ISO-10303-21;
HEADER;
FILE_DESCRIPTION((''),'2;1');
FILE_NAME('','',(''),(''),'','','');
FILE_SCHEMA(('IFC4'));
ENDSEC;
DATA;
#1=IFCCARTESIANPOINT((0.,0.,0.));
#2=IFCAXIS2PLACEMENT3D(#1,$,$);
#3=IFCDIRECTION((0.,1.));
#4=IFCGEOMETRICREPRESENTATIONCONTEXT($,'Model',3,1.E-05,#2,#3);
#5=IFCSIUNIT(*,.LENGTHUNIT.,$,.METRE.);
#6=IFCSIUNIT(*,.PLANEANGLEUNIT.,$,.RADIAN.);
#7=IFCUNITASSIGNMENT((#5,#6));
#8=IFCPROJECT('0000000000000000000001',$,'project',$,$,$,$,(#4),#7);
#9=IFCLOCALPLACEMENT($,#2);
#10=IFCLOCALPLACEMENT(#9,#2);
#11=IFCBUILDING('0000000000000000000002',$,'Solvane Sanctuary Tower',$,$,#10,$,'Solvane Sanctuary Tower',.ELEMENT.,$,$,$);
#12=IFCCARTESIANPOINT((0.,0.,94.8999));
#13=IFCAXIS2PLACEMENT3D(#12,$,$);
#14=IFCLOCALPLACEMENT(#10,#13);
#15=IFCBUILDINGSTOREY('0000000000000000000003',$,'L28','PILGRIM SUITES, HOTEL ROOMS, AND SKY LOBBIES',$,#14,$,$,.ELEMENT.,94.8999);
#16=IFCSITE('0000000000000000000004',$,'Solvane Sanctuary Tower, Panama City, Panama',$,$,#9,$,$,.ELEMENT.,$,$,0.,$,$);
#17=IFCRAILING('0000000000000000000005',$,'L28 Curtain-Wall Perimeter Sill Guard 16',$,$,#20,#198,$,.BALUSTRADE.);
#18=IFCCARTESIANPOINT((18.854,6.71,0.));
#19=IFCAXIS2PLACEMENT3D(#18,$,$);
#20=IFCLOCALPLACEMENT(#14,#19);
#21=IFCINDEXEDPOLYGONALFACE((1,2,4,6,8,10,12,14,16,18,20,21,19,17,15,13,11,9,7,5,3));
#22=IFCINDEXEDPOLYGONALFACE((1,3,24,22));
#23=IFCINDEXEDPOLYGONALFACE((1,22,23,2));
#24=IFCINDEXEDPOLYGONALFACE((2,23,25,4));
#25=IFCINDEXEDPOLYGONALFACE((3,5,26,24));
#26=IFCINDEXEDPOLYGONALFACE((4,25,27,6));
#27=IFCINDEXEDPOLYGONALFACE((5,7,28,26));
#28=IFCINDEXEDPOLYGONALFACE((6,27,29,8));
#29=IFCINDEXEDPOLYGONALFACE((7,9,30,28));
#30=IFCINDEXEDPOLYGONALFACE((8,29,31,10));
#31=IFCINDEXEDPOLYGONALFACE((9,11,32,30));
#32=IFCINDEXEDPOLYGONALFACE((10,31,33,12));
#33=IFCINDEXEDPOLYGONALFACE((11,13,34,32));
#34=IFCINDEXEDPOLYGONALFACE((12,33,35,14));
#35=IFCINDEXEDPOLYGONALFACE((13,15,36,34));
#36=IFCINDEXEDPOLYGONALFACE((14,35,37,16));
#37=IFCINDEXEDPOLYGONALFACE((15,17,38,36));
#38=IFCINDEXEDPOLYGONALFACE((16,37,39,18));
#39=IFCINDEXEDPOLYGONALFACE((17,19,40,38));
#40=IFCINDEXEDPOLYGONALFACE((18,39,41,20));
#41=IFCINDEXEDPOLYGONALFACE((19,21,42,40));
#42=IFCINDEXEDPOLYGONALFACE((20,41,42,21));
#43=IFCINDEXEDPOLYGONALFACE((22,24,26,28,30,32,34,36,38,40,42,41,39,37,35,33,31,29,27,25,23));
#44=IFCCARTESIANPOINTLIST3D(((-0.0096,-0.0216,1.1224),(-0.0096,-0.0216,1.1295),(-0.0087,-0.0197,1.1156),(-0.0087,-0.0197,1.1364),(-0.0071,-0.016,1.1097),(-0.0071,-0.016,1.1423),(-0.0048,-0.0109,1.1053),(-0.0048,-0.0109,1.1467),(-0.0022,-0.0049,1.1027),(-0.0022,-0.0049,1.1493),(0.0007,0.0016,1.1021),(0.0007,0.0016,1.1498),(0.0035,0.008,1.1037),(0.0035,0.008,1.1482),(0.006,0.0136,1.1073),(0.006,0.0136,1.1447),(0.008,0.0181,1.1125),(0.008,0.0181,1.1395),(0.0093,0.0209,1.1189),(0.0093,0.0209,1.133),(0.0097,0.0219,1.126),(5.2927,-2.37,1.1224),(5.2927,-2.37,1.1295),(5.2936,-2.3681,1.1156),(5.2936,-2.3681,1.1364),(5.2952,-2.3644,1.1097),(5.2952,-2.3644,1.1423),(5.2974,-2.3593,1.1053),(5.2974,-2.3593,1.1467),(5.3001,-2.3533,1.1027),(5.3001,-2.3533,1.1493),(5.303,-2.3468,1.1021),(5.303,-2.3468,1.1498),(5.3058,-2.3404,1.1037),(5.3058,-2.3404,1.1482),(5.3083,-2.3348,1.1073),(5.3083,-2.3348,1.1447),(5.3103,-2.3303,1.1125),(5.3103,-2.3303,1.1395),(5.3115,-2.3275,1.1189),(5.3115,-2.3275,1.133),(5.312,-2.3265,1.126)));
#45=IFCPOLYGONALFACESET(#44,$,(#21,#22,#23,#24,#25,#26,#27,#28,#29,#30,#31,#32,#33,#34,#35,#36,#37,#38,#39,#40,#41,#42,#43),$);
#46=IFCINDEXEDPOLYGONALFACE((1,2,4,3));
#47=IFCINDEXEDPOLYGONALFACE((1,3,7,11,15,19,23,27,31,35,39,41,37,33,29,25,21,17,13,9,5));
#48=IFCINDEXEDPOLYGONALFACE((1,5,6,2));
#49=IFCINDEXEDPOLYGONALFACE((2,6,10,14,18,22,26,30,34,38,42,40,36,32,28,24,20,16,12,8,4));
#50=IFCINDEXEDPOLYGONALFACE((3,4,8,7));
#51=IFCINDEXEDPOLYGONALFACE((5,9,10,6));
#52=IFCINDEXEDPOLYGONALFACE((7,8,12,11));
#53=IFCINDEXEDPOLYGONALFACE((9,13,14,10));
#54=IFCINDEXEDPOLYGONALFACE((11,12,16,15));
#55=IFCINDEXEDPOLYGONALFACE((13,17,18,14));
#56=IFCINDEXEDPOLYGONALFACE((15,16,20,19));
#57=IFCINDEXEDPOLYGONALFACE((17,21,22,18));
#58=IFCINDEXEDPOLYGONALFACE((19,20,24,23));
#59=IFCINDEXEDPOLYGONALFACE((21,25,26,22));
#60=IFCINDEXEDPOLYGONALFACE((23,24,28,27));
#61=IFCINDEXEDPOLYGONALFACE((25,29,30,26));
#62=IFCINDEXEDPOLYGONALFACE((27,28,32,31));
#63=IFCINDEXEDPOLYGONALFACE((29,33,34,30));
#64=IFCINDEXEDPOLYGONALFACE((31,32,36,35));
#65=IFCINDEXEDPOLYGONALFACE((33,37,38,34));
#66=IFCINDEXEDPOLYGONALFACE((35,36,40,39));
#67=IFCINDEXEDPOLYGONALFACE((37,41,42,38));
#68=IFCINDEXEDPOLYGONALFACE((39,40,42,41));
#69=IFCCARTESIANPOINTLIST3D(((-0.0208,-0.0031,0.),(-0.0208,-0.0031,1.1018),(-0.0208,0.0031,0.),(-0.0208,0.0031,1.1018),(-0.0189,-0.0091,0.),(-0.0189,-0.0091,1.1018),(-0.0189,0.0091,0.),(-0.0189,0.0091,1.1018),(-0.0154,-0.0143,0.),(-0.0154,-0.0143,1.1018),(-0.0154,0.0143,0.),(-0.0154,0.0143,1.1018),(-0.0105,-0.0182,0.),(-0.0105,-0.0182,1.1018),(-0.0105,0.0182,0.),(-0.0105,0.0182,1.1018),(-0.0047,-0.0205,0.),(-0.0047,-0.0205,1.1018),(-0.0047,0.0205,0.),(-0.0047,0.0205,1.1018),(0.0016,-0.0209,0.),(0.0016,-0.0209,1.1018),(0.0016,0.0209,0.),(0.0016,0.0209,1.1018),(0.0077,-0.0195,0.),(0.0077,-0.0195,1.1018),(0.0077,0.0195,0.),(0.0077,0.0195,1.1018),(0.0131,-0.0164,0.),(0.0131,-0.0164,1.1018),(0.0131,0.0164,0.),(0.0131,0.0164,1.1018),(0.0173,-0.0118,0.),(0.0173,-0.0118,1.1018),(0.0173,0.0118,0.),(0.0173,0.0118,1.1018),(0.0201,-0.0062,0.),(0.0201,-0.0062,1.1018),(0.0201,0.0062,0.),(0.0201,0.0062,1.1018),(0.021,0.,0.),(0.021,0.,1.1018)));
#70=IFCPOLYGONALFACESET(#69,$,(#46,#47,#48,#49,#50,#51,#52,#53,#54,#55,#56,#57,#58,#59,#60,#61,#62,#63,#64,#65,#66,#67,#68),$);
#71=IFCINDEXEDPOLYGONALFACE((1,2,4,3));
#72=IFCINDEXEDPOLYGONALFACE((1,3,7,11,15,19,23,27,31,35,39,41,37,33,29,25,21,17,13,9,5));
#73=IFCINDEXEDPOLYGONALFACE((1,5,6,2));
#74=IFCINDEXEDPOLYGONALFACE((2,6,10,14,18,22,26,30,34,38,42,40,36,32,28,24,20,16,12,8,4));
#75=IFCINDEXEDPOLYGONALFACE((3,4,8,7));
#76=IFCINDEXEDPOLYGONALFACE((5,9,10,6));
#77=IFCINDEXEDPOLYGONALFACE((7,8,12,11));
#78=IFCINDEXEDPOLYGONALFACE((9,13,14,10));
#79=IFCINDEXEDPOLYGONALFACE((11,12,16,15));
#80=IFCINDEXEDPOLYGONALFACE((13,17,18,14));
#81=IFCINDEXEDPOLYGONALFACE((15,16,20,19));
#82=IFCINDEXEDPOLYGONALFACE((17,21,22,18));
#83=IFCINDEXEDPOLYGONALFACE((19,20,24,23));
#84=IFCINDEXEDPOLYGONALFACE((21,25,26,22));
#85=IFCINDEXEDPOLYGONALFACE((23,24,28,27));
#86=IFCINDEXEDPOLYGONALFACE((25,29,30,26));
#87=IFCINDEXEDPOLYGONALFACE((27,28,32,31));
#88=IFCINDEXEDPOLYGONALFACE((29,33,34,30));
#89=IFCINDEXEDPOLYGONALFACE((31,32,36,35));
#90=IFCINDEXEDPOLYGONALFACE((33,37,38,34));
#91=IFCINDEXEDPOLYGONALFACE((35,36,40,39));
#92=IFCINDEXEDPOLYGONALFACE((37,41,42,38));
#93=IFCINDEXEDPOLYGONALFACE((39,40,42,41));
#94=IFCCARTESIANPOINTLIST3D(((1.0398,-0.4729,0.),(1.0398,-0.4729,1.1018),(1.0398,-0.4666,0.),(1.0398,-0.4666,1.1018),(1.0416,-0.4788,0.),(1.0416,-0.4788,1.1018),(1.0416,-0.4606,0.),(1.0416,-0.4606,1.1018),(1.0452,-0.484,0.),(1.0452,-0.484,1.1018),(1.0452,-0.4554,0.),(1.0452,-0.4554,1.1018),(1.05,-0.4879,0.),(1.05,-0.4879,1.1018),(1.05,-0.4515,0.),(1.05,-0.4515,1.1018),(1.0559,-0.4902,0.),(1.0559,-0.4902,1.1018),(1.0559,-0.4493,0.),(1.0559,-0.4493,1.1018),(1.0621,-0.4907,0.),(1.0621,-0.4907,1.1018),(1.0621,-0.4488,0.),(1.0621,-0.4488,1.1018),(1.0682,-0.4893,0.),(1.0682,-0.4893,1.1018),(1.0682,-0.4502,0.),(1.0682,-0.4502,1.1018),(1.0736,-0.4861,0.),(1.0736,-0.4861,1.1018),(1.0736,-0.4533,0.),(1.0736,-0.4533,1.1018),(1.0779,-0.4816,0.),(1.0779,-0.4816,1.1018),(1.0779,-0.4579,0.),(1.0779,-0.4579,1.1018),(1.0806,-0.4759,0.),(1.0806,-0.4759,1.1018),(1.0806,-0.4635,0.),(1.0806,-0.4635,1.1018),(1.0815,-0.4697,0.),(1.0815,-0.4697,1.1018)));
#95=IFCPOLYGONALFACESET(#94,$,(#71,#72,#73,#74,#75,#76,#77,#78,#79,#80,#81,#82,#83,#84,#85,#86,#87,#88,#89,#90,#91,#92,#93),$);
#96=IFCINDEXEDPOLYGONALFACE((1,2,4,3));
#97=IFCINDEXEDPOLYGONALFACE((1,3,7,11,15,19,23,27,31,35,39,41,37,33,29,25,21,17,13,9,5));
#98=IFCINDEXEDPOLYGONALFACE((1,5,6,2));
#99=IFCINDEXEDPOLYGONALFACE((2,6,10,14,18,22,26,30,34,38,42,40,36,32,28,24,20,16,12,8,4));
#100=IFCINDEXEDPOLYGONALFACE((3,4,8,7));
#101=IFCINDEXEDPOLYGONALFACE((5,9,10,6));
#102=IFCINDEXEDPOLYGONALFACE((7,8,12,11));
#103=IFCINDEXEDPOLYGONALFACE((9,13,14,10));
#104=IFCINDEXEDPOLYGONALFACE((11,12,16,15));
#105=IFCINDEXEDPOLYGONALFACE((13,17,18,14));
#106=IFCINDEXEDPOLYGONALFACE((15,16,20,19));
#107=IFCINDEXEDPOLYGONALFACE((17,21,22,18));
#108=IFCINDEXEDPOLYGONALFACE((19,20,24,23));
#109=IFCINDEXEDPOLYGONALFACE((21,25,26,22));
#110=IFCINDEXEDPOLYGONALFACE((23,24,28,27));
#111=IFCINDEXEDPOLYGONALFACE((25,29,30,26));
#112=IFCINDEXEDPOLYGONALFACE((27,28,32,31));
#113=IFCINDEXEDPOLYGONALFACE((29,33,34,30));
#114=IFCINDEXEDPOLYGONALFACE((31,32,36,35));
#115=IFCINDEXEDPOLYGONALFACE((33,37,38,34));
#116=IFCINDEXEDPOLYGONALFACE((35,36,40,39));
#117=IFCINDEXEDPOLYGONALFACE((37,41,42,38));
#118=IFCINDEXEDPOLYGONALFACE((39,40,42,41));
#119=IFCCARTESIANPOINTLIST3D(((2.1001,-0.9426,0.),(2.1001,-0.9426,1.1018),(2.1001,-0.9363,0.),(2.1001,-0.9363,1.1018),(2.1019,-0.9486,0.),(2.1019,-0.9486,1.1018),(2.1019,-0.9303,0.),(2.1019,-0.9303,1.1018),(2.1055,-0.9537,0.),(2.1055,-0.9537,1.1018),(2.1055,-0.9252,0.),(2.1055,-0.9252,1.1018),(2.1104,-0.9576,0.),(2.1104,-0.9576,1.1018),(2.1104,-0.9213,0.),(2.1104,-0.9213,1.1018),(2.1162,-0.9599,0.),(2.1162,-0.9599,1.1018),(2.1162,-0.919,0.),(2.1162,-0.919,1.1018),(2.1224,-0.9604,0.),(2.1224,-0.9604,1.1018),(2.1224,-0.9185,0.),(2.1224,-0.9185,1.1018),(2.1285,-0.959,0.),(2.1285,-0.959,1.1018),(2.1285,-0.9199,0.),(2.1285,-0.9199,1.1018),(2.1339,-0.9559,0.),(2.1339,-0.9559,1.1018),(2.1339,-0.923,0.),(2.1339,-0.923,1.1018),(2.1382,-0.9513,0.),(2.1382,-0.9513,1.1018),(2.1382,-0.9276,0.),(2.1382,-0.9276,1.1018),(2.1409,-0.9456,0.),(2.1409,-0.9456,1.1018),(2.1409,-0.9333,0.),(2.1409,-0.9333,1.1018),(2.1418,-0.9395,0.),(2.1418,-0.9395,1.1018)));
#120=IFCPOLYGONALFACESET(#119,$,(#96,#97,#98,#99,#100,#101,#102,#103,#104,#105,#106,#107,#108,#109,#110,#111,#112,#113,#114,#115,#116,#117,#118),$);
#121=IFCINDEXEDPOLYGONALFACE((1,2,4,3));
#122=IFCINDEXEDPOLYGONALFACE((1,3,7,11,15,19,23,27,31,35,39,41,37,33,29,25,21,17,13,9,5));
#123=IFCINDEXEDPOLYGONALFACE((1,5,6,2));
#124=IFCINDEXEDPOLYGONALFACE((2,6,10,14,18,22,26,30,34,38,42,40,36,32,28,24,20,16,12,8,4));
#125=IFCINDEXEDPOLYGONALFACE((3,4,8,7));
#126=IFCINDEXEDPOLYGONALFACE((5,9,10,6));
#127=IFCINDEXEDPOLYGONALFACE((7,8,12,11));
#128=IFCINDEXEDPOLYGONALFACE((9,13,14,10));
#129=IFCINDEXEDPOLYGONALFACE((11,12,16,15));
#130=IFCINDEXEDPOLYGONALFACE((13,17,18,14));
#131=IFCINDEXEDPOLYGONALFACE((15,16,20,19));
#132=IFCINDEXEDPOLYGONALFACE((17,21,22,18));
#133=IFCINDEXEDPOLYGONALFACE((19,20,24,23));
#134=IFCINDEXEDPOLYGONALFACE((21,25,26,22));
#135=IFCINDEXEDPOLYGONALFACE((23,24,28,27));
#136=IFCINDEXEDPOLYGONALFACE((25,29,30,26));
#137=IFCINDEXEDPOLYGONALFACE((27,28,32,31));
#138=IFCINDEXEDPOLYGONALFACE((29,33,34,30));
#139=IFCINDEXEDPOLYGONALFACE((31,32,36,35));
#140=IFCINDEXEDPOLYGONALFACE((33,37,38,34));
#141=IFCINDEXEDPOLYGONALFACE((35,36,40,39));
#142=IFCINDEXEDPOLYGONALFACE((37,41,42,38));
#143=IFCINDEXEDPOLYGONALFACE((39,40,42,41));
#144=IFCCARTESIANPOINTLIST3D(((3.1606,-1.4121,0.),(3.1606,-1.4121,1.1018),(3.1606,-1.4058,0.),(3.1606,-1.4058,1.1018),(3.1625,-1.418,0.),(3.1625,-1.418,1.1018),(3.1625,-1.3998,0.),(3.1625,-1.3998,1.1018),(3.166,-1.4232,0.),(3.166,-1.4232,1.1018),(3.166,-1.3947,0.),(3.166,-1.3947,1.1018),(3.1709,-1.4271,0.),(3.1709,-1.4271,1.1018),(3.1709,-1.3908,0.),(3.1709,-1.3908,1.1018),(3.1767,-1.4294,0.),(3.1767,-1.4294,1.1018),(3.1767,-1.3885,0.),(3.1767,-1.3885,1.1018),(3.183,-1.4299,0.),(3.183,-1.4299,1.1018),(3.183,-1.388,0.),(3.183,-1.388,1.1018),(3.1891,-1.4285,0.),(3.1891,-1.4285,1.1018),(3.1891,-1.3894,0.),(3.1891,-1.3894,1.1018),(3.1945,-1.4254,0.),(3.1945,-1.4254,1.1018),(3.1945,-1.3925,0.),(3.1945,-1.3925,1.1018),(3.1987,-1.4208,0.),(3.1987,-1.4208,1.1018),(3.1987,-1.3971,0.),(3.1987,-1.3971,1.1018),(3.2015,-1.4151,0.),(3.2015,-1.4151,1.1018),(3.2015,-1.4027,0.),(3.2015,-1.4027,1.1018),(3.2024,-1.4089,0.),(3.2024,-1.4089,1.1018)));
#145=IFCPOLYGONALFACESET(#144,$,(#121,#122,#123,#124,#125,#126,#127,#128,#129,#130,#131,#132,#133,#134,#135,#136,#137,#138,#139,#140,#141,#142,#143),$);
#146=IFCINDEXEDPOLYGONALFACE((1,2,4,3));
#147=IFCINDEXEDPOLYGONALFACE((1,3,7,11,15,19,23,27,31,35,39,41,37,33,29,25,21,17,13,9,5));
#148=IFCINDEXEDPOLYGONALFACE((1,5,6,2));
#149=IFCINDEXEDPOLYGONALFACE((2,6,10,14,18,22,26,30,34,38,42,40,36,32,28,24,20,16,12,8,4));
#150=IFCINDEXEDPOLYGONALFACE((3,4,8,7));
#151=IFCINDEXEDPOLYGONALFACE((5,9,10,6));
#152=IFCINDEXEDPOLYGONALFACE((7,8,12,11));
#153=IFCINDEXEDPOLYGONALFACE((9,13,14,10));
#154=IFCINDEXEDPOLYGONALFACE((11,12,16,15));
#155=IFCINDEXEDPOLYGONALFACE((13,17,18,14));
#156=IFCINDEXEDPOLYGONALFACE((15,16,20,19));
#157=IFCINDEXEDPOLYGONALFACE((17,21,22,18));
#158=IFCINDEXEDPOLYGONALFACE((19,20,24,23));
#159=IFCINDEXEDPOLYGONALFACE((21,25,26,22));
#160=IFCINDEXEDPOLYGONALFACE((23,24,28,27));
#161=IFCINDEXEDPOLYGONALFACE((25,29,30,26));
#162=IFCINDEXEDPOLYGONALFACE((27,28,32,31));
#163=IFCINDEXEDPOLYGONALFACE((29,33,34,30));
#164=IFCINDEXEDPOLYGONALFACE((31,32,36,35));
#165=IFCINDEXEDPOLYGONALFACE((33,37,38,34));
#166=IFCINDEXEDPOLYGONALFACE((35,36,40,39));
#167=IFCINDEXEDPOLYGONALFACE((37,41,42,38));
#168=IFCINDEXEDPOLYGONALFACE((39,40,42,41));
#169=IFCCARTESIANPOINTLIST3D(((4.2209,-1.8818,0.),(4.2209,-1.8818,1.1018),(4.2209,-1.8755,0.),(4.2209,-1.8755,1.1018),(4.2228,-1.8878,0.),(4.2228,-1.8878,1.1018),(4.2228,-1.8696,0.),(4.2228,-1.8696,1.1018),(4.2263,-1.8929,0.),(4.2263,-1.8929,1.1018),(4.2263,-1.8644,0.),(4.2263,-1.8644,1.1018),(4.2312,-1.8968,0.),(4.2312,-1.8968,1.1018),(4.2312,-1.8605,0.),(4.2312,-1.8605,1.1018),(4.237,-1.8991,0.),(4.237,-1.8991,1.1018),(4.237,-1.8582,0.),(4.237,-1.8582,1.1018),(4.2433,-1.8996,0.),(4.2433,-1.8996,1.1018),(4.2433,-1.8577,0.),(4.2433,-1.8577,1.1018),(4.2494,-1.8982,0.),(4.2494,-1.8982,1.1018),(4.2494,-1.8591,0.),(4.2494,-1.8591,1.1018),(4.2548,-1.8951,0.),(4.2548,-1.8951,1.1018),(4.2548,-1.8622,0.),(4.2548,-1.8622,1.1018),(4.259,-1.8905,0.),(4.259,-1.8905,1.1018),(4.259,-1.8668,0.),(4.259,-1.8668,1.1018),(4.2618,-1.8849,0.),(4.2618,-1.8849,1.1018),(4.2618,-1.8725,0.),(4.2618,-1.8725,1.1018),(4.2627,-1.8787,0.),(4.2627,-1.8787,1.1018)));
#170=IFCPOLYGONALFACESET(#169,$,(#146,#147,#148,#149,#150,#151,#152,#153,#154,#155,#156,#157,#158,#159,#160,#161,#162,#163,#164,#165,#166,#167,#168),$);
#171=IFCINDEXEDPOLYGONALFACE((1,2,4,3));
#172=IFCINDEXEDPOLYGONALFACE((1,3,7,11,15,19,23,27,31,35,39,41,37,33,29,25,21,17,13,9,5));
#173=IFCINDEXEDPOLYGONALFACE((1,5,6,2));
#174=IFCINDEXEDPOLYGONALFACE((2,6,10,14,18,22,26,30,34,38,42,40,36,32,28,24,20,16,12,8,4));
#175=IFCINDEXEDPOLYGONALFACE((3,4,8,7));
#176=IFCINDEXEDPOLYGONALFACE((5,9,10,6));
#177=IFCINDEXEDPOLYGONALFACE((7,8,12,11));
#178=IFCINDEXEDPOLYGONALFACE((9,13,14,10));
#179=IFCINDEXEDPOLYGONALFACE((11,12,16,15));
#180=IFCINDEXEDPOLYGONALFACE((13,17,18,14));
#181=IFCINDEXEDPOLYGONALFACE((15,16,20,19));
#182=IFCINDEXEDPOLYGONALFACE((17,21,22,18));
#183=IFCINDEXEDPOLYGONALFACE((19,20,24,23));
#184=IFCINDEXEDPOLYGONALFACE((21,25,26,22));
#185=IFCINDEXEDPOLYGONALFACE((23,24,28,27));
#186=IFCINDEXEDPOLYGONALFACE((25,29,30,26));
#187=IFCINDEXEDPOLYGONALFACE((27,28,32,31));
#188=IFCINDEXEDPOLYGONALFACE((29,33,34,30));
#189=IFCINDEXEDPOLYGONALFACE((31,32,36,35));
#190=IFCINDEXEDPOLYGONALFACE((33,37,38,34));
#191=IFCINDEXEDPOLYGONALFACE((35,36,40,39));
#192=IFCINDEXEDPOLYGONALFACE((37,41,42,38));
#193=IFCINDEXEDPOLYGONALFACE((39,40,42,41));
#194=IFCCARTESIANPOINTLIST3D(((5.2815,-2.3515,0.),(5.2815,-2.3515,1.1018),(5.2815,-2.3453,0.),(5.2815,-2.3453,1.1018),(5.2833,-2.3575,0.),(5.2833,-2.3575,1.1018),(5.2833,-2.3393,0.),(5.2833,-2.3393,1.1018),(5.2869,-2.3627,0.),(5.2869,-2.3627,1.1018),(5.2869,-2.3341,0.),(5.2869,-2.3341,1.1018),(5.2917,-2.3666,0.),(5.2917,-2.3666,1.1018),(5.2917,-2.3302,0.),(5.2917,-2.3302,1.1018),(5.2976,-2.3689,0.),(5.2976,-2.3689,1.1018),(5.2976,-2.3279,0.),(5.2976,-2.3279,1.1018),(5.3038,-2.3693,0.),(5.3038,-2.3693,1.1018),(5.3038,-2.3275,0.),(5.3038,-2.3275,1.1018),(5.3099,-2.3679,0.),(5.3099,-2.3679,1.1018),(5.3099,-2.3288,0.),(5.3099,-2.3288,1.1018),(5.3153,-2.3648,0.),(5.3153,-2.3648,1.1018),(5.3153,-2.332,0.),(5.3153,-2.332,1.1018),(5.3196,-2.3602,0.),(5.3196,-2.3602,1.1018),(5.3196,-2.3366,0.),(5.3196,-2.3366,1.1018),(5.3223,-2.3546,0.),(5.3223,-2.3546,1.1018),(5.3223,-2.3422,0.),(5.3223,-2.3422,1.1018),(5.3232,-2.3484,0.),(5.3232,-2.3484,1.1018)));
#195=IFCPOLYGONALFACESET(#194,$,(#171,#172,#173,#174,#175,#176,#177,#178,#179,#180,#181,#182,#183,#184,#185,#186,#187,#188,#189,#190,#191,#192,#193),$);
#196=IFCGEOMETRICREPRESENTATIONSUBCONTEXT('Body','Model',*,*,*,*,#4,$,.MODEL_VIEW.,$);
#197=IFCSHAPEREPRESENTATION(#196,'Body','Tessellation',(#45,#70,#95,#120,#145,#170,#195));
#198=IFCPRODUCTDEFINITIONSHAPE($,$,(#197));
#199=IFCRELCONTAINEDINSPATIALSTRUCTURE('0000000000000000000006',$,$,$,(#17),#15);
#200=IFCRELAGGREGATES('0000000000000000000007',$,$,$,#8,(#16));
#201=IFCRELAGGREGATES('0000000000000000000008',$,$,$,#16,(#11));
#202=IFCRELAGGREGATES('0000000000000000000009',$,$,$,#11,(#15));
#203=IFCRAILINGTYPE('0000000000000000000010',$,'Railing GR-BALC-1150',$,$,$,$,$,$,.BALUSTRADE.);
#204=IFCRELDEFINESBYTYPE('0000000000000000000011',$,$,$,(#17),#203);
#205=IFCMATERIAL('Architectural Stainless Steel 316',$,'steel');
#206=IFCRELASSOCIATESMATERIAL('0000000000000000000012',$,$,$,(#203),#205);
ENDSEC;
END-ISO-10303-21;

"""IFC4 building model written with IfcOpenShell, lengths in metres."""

from ifc_helpers import new_model, si_unit, direction, frame, origin, origin_2d, place, context, subcontext, project, spatial, circle, extrude, material, type_object, element, save


model = new_model("IFC4")

# Units and contexts
model_context = context("Model", 3, precision=1e-05, world=origin(), true_north=direction((0.0, 1.0)))
body_context = subcontext(model_context, "Body", "Model", "MODEL_VIEW")
ifc_project = project(units=[si_unit("LENGTHUNIT", "METRE"), si_unit("PLANEANGLEUNIT", "RADIAN")], contexts=[model_context])

# Site, building, storey
site_placement = place(None, origin())
site = spatial("IfcSite", under=ifc_project, at=site_placement, Name="Solvane Sanctuary Tower, Panama City, Panama", CompositionType="ELEMENT", RefElevation=0.0)
building_placement = place(site_placement, origin())
building = spatial("IfcBuilding", under=site, at=building_placement, Name="Solvane Sanctuary Tower", LongName="Solvane Sanctuary Tower", CompositionType="ELEMENT")
storey_placement = place(building_placement, frame((0.0, 0.0, 94.8999)))
storey = spatial("IfcBuildingStorey", under=building, at=storey_placement, Name="L28", Description="PILGRIM SUITES, HOTEL ROOMS, AND SKY LOBBIES", CompositionType="ELEMENT", Elevation=94.8999)

# Railing
ifc_material_1 = material(Name="Architectural Stainless Steel 316", Category="steel")
railing_type = type_object("IfcRailingType", Name="Railing GR-BALC-1150", PredefinedType="BALUSTRADE", material=ifc_material_1)
railing_placement = place(storey_placement, frame((18.854, 6.71, 0.0)))
element("IfcRailing", 1, at=railing_placement, inside=storey, type_object=railing_type, Name="L28 Curtain-Wall Perimeter Sill Guard 16", PredefinedType="BALUSTRADE", context=body_context, shape_type="SweptSolid", body=[
    extrude(circle(Radius=0.0239, at=origin_2d()), frame((0.0, 0.0, 1.126), z_axis=(0.914333, -0.404962, 0.0), x_axis=(0.404962, 0.914333, 0.0)), (0.0, 0.0, 1.0), 5.7991),
    extrude(circle(Radius=0.021, at=origin_2d()), origin(), (0.0, 0.0, 1.0), 1.1018),
    extrude(circle(Radius=0.021, at=origin_2d()), frame((1.0605, -0.4697, 0.0)), (0.0, 0.0, 1.0), 1.1018),
    extrude(circle(Radius=0.021, at=origin_2d()), frame((2.1208, -0.9395, 0.0)), (0.0, 0.0, 1.0), 1.1018),
    extrude(circle(Radius=0.021, at=origin_2d()), frame((3.1814, -1.4089, 0.0)), (0.0, 0.0, 1.0), 1.1018),
    extrude(circle(Radius=0.021, at=origin_2d()), frame((4.2417, -1.8787, 0.0)), (0.0, 0.0, 1.0), 1.1018),
    extrude(circle(Radius=0.021, at=origin_2d()), frame((5.3022, -2.3484, 0.0)), (0.0, 0.0, 1.0), 1.1018),
])

save(model, "model.ifc")
